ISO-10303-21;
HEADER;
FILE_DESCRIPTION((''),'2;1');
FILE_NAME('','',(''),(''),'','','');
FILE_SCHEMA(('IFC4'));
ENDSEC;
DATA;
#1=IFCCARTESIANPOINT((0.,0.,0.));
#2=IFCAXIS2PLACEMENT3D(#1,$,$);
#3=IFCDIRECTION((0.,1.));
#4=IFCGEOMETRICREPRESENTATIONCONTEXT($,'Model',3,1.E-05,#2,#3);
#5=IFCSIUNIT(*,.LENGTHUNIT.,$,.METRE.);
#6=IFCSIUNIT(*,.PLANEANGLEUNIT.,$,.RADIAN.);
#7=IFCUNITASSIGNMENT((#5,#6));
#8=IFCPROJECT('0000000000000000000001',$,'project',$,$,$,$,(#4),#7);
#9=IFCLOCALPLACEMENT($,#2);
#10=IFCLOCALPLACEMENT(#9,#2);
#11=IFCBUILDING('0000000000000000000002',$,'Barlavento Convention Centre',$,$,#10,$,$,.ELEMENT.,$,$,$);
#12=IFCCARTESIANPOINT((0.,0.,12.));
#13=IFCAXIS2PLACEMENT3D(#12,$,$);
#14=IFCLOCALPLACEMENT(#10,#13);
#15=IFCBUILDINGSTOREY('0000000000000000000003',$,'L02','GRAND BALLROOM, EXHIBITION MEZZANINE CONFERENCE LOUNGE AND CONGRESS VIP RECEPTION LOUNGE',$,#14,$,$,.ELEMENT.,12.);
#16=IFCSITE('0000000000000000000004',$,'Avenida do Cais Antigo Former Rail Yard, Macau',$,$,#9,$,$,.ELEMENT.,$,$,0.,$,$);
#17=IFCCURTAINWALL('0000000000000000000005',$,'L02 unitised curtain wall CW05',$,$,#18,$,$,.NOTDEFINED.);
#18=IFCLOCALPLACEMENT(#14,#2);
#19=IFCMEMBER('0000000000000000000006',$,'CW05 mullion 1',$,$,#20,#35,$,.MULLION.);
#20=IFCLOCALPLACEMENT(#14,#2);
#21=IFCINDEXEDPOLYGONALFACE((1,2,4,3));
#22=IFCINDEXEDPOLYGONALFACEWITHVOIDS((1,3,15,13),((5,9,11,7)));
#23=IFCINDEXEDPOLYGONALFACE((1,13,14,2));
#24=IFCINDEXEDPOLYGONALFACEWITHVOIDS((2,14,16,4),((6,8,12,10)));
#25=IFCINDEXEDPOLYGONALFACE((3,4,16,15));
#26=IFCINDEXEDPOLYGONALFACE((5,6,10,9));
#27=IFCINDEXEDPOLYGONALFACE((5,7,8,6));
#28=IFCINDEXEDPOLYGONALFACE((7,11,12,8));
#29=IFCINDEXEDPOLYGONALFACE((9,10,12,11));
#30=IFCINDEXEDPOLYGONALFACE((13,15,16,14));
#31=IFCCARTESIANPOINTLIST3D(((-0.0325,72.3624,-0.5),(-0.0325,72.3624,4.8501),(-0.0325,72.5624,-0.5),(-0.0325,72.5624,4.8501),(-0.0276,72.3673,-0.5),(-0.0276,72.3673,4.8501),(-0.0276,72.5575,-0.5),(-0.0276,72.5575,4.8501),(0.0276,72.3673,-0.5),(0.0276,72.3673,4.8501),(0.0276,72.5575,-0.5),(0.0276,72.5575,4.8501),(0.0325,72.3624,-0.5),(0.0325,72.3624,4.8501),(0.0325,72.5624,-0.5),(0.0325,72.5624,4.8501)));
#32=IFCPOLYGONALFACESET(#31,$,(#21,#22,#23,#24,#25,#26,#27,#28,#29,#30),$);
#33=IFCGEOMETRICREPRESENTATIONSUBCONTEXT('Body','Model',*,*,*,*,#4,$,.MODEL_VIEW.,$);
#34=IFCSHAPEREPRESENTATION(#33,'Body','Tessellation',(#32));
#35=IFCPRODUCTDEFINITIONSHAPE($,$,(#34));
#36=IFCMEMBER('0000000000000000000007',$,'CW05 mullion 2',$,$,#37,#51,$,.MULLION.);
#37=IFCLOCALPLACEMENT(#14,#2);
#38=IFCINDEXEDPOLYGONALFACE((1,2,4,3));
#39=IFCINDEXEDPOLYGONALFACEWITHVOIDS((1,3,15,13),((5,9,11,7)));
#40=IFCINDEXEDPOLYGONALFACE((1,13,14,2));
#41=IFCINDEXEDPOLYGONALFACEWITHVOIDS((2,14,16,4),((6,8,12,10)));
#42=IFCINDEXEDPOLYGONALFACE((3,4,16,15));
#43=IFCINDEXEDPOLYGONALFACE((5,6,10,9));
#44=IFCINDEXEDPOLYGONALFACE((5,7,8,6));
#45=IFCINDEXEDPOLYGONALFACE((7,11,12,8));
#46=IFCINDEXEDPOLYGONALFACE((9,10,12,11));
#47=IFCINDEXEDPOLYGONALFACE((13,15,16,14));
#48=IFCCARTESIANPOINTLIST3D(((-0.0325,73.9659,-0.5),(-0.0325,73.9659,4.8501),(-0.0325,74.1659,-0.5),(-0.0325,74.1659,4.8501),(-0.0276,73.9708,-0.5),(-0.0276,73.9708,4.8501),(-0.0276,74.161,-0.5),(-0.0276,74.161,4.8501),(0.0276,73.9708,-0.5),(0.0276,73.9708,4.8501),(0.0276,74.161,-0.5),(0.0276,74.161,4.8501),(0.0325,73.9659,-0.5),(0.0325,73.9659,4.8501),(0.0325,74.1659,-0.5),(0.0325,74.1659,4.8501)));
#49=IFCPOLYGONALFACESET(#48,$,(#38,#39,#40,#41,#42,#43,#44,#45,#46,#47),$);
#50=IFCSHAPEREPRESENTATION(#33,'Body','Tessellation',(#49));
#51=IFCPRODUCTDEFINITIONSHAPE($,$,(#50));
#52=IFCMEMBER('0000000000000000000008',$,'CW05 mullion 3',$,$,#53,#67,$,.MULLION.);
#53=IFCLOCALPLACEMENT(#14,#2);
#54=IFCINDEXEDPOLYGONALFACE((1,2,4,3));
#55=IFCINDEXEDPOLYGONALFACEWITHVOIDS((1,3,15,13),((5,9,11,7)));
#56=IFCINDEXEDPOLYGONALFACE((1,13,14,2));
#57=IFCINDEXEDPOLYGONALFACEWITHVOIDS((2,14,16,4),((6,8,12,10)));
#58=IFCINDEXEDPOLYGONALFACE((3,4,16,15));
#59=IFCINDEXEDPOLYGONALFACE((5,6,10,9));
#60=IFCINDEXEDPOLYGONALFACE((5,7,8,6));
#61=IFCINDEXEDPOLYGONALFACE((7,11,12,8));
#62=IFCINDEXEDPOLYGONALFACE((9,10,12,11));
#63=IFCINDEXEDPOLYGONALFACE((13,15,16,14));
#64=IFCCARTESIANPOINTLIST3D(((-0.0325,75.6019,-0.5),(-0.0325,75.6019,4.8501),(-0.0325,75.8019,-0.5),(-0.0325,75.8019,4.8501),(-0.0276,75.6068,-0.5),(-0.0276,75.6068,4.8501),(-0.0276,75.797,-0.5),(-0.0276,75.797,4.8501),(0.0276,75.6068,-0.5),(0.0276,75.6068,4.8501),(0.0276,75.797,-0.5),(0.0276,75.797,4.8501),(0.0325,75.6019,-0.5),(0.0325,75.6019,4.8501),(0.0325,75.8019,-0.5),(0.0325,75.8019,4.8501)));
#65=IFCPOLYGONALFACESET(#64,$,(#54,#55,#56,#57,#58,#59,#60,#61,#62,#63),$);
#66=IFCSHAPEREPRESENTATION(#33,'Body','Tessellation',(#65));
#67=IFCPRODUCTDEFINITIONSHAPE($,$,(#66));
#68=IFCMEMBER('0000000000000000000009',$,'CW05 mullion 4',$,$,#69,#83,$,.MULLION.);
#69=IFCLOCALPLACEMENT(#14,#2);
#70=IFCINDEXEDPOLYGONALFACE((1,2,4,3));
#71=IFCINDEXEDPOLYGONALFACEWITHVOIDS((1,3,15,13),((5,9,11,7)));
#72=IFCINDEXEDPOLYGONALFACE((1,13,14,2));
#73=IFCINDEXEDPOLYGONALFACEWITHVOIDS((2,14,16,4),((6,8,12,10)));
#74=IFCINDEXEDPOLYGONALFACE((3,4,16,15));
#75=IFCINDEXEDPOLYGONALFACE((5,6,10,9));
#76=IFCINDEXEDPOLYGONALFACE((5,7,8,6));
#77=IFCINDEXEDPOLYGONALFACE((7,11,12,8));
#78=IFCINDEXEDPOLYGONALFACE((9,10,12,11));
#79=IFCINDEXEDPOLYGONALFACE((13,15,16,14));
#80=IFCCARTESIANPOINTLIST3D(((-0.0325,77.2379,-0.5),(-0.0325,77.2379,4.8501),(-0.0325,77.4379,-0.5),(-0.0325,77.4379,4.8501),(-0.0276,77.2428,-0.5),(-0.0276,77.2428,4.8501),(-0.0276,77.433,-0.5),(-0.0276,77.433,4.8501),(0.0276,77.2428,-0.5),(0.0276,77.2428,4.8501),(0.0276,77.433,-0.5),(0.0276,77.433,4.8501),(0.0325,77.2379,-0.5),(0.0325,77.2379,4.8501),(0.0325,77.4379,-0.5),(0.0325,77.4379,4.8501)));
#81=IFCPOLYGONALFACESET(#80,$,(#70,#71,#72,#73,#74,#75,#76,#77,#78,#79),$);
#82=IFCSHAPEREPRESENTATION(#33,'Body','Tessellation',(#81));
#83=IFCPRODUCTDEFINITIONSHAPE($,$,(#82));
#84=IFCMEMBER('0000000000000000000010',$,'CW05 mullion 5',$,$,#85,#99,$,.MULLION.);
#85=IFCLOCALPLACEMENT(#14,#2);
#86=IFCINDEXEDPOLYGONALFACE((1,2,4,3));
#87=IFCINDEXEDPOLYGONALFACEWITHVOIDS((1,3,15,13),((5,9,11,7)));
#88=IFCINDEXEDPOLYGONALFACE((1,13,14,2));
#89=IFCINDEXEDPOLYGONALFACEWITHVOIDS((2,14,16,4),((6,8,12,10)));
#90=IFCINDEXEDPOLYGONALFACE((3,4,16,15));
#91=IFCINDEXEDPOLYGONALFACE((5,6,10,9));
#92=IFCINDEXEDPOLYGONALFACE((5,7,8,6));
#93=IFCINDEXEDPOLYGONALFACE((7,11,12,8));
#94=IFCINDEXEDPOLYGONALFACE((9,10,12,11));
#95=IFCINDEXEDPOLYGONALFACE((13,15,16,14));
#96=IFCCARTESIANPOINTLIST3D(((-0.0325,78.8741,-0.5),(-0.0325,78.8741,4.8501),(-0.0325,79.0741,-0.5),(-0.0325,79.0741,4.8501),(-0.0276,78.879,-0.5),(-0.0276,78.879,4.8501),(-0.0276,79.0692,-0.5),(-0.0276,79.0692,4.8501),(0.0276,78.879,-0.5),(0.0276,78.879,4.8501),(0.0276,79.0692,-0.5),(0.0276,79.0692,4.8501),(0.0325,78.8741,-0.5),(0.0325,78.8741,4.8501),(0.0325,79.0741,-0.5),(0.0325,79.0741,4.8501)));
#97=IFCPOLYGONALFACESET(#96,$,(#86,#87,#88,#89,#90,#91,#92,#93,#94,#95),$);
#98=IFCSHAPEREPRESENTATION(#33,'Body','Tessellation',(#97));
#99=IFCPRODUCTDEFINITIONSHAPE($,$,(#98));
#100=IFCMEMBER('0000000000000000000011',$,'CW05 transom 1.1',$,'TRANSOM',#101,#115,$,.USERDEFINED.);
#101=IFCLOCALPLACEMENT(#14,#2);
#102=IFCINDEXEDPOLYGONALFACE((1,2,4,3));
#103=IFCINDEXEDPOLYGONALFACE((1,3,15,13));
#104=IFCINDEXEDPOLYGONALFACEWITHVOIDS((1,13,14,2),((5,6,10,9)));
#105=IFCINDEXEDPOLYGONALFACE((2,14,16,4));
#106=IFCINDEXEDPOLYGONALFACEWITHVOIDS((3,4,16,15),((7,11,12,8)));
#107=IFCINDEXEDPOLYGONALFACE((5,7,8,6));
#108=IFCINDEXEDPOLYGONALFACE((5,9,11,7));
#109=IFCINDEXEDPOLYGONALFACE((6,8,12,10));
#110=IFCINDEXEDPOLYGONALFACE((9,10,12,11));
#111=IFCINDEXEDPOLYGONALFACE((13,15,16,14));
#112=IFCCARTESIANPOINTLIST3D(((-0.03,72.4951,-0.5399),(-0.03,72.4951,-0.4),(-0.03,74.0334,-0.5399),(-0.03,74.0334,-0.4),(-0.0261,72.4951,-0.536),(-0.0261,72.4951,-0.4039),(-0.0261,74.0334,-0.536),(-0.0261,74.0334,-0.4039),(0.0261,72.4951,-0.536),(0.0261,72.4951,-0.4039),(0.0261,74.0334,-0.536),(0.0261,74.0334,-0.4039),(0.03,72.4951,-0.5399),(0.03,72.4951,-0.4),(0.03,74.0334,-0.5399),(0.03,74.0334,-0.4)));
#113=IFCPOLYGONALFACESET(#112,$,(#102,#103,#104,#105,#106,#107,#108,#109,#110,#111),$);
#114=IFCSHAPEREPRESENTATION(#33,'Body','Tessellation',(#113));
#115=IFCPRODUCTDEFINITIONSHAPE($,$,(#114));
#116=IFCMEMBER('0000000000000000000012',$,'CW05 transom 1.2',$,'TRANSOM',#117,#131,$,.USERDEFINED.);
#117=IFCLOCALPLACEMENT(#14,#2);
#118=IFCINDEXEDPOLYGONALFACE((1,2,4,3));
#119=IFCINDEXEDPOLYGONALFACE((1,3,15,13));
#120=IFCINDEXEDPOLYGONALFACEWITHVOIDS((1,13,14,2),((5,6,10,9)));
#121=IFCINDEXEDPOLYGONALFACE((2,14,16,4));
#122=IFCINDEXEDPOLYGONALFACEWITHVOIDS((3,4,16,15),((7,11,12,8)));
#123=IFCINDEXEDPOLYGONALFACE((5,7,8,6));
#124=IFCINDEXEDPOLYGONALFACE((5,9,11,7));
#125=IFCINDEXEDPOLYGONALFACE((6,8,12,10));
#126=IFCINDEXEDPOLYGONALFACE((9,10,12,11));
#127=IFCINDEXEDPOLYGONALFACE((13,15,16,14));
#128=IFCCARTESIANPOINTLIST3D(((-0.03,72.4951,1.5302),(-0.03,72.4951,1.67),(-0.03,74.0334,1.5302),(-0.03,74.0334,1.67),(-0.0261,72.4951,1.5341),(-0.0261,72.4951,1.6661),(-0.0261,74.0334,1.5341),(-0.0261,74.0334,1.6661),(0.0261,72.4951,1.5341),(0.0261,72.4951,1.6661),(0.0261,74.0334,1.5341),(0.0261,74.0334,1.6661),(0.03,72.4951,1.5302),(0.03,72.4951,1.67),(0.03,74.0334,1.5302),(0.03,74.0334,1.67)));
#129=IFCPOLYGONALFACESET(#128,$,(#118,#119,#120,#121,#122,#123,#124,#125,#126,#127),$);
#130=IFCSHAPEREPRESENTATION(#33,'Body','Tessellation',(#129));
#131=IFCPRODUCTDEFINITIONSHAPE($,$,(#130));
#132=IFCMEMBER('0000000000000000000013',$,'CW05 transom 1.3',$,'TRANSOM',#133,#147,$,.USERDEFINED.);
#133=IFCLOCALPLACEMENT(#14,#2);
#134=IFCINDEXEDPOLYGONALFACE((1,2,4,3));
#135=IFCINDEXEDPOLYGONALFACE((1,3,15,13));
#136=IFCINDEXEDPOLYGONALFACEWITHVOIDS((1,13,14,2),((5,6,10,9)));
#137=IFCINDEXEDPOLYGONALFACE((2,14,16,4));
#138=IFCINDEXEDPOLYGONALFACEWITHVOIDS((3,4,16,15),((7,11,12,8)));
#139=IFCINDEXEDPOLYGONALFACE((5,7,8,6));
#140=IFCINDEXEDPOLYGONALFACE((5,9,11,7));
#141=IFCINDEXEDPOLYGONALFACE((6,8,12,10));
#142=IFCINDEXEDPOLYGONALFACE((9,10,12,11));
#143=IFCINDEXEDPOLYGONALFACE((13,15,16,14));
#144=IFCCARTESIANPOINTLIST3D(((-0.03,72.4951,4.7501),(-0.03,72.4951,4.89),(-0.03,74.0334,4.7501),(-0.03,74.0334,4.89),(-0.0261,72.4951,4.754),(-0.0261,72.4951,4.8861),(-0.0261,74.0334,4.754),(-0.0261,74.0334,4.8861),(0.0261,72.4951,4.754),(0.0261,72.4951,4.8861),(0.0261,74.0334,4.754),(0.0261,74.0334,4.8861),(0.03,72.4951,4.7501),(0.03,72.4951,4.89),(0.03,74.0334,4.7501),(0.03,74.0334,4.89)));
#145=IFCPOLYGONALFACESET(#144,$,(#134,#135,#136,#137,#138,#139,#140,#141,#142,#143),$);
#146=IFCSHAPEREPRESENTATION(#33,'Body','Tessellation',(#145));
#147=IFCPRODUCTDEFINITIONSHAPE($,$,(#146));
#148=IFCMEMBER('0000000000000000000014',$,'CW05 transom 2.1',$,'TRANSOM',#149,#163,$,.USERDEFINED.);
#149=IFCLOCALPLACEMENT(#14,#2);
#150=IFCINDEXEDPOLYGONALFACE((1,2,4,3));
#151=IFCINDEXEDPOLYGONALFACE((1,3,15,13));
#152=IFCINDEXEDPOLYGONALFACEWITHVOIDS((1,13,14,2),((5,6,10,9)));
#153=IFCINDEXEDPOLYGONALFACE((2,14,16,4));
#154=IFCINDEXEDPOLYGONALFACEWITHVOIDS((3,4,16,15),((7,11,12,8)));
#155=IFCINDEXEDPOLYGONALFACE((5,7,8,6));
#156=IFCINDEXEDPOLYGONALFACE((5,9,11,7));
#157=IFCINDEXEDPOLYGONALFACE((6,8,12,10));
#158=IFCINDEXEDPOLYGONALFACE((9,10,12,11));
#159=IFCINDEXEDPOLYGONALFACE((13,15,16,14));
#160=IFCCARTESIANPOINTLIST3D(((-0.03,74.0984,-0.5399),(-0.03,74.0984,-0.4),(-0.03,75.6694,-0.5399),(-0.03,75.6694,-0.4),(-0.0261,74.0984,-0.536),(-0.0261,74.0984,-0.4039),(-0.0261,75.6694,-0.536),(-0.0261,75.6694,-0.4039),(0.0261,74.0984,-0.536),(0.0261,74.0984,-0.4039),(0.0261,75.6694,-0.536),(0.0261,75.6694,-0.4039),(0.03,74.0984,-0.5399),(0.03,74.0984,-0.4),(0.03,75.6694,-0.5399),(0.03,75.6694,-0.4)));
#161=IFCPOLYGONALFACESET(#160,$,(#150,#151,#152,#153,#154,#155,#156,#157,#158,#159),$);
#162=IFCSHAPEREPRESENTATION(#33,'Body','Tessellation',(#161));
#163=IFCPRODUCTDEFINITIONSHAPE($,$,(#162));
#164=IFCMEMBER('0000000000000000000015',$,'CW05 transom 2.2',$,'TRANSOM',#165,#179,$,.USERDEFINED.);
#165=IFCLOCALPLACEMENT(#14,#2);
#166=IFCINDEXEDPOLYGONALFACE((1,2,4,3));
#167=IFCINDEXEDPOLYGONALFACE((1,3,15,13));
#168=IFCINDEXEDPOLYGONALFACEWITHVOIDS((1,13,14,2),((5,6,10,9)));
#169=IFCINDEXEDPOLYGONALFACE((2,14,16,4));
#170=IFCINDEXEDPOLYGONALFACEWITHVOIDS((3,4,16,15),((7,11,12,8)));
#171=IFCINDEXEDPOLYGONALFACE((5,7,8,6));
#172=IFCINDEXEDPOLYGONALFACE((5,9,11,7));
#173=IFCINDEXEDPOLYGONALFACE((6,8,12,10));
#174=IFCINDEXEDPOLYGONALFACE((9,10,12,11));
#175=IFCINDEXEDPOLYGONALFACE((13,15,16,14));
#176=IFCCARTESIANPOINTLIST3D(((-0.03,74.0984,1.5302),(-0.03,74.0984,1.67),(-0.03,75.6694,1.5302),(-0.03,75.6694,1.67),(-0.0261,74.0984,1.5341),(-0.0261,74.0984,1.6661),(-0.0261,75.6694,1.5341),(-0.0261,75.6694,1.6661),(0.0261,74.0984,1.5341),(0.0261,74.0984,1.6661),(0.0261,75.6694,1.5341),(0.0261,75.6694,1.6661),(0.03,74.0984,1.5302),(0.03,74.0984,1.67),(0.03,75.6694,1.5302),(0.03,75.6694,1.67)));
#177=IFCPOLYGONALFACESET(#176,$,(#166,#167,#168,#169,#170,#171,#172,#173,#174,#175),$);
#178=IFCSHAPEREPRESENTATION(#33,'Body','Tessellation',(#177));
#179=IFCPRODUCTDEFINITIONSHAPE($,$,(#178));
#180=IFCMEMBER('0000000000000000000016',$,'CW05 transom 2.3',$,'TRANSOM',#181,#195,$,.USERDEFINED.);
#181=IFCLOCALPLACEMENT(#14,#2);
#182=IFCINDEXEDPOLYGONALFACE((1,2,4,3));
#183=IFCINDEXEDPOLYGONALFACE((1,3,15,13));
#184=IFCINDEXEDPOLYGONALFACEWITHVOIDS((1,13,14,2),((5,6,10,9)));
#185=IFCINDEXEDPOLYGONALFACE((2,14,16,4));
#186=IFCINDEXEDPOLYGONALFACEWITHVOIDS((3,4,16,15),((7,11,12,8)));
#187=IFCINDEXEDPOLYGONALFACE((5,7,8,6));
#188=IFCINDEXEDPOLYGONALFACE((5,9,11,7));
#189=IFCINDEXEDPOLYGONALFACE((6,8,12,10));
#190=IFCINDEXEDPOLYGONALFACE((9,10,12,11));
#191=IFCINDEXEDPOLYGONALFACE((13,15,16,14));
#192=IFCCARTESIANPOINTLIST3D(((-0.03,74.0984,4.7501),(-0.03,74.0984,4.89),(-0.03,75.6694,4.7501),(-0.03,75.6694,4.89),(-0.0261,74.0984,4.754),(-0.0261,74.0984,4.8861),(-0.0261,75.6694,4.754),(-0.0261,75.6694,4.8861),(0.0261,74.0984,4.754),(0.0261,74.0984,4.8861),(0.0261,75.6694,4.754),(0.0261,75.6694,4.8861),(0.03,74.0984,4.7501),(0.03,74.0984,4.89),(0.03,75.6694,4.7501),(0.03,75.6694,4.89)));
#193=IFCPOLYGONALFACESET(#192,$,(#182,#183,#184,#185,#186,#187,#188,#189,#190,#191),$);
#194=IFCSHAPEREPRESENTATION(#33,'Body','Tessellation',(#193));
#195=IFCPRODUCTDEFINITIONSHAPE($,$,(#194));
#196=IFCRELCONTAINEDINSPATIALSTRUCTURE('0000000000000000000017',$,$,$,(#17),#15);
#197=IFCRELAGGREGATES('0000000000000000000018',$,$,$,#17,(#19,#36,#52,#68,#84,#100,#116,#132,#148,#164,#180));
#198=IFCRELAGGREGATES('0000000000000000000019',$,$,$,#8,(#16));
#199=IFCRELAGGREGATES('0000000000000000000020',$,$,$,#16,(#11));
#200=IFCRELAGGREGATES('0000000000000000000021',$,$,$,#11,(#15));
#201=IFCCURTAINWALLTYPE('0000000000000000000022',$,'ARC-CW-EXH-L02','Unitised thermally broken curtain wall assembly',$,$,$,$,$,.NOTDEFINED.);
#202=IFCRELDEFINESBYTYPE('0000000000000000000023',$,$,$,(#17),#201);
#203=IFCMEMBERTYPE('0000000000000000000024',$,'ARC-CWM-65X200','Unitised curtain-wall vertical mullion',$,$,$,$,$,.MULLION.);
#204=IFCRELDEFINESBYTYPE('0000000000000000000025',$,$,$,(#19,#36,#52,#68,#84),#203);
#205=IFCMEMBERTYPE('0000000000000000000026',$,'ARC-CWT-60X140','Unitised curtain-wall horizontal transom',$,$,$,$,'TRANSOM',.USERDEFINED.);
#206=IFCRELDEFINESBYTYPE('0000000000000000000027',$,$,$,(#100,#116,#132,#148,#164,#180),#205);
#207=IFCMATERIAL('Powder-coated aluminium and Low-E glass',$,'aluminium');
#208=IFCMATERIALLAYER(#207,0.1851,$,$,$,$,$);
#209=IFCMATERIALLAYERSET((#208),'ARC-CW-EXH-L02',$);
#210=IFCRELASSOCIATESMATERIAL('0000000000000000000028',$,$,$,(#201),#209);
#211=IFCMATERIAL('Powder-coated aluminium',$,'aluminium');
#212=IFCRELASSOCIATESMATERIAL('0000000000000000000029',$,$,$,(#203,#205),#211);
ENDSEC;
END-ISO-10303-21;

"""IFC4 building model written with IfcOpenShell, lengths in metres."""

from ifc_helpers import new_model, si_unit, direction, frame, origin, origin_2d, place, context, subcontext, project, spatial, hollow_rectangle, extrude, material, layer, layer_set, material_profile, profile_set, type_object, element, aggregate, save


model = new_model("IFC4")

# Units and contexts
model_context = context("Model", 3, precision=1e-05, world=origin(), true_north=direction((0.0, 1.0)))
body_context = subcontext(model_context, "Body", "Model", "MODEL_VIEW")
ifc_project = project(units=[si_unit("LENGTHUNIT", "METRE"), si_unit("PLANEANGLEUNIT", "RADIAN")], contexts=[model_context])

# Site, building, storey
site_placement = place(None, origin())
site = spatial("IfcSite", under=ifc_project, at=site_placement, Name="Avenida do Cais Antigo Former Rail Yard, Macau", CompositionType="ELEMENT", RefElevation=0.0)
building_placement = place(site_placement, origin())
building = spatial("IfcBuilding", under=site, at=building_placement, Name="Barlavento Convention Centre", CompositionType="ELEMENT")
storey_placement = place(building_placement, frame((0.0, 0.0, 12.0)))
storey = spatial("IfcBuildingStorey", under=building, at=storey_placement, Name="L02", Description="GRAND BALLROOM, EXHIBITION MEZZANINE CONFERENCE LOUNGE AND CONGRESS VIP RECEPTION LOUNGE", CompositionType="ELEMENT", Elevation=12.0)

# Curtain wall, members
ifc_material_1 = material(Name="Powder-coated aluminium and Low-E glass", Category="aluminium")
ifc_layer_1 = layer(ifc_material_1, 0.1851)
ifc_layer_set_1 = layer_set([ifc_layer_1], Name="ARC-CW-EXH-L02")
curtain_wall_type = type_object("IfcCurtainWallType", Name="ARC-CW-EXH-L02", Description="Unitised thermally broken curtain wall assembly", PredefinedType="NOTDEFINED", material=ifc_layer_set_1)
curtain_wall_placement = place(storey_placement, origin())
curtain_wall = element("IfcCurtainWall", 1, at=curtain_wall_placement, inside=storey, type_object=curtain_wall_type, Name="L02 unitised curtain wall CW05", PredefinedType="NOTDEFINED")
ifc_material_2 = material(Name="Powder-coated aluminium", Category="aluminium")
ifc_material_profile_1 = material_profile(ifc_material_2, hollow_rectangle(XDim=0.0649, YDim=0.2, WallThickness=0.0049, at=origin_2d()), Name="AL-MULL 65x200x5")
ifc_profile_set_1 = profile_set([ifc_material_profile_1], Name="Powder-coated aluminium")
member_type_1 = type_object("IfcMemberType", Name="ARC-CWM-65X200", Description="Unitised curtain-wall vertical mullion", PredefinedType="MULLION", material=ifc_profile_set_1)
member_1_placement = place(storey_placement, frame((0.0, 72.4624, -0.5), z_axis=(0.0, 0.0, 1.0), x_axis=(-1.0, 0.0, 0.0)))
member_1 = element("IfcMember", 2, at=member_1_placement, type_object=member_type_1, Name="CW05 mullion 1", PredefinedType="MULLION", context=body_context, shape_type="SweptSolid", body=[
    extrude(hollow_rectangle(XDim=0.0649, YDim=0.2, WallThickness=0.0049, at=origin_2d()), origin(), (0.0, 0.0, 1.0), 5.3501),
])
member_2_placement = place(storey_placement, frame((0.0, 74.0659, -0.5), z_axis=(0.0, 0.0, 1.0), x_axis=(-1.0, 0.0, 0.0)))
member_2 = element("IfcMember", 3, at=member_2_placement, type_object=member_type_1, Name="CW05 mullion 2", PredefinedType="MULLION", context=body_context, shape_type="SweptSolid", body=[
    extrude(hollow_rectangle(XDim=0.0649, YDim=0.2, WallThickness=0.0049, at=origin_2d()), origin(), (0.0, 0.0, 1.0), 5.3501),
])
member_3_placement = place(storey_placement, frame((0.0, 75.7019, -0.5), z_axis=(0.0, 0.0, 1.0), x_axis=(-1.0, 0.0, 0.0)))
member_3 = element("IfcMember", 4, at=member_3_placement, type_object=member_type_1, Name="CW05 mullion 3", PredefinedType="MULLION", context=body_context, shape_type="SweptSolid", body=[
    extrude(hollow_rectangle(XDim=0.0649, YDim=0.2, WallThickness=0.0049, at=origin_2d()), origin(), (0.0, 0.0, 1.0), 5.3501),
])
member_4_placement = place(storey_placement, frame((0.0, 77.3379, -0.5), z_axis=(0.0, 0.0, 1.0), x_axis=(-1.0, 0.0, 0.0)))
member_4 = element("IfcMember", 5, at=member_4_placement, type_object=member_type_1, Name="CW05 mullion 4", PredefinedType="MULLION", context=body_context, shape_type="SweptSolid", body=[
    extrude(hollow_rectangle(XDim=0.0649, YDim=0.2, WallThickness=0.0049, at=origin_2d()), origin(), (0.0, 0.0, 1.0), 5.3501),
])
member_5_placement = place(storey_placement, frame((0.0, 78.9741, -0.5), z_axis=(0.0, 0.0, 1.0), x_axis=(-1.0, 0.0, 0.0)))
member_5 = element("IfcMember", 6, at=member_5_placement, type_object=member_type_1, Name="CW05 mullion 5", PredefinedType="MULLION", context=body_context, shape_type="SweptSolid", body=[
    extrude(hollow_rectangle(XDim=0.0649, YDim=0.2, WallThickness=0.0049, at=origin_2d()), origin(), (0.0, 0.0, 1.0), 5.3501),
])
ifc_material_profile_2 = material_profile(ifc_material_2, hollow_rectangle(XDim=0.0601, YDim=0.1399, WallThickness=0.0039, at=origin_2d()), Name="AL-TRAN 60x140x4")
ifc_profile_set_2 = profile_set([ifc_material_profile_2], Name="Powder-coated aluminium")
member_type_2 = type_object("IfcMemberType", Name="ARC-CWT-60X140", Description="Unitised curtain-wall horizontal transom", ElementType="TRANSOM", PredefinedType="USERDEFINED", material=ifc_profile_set_2)
member_6_placement = place(storey_placement, frame((0.0, 72.4951, -0.47), z_axis=(0.0, 1.0, 0.0), x_axis=(-1.0, 0.0, 0.0)))
member_6 = element("IfcMember", 7, at=member_6_placement, type_object=member_type_2, Name="CW05 transom 1.1", ObjectType="TRANSOM", PredefinedType="USERDEFINED", context=body_context, shape_type="SweptSolid", body=[
    extrude(hollow_rectangle(XDim=0.0601, YDim=0.1399, WallThickness=0.0039, at=origin_2d()), origin(), (0.0, 0.0, 1.0), 1.5383),
])
member_7_placement = place(storey_placement, frame((0.0, 72.4951, 1.6001), z_axis=(0.0, 1.0, 0.0), x_axis=(-1.0, 0.0, 0.0)))
member_7 = element("IfcMember", 8, at=member_7_placement, type_object=member_type_2, Name="CW05 transom 1.2", ObjectType="TRANSOM", PredefinedType="USERDEFINED", context=body_context, shape_type="SweptSolid", body=[
    extrude(hollow_rectangle(XDim=0.0601, YDim=0.1399, WallThickness=0.0039, at=origin_2d()), origin(), (0.0, 0.0, 1.0), 1.5383),
])
member_8_placement = place(storey_placement, frame((0.0, 72.4951, 4.8201), z_axis=(0.0, 1.0, 0.0), x_axis=(-1.0, 0.0, 0.0)))
member_8 = element("IfcMember", 9, at=member_8_placement, type_object=member_type_2, Name="CW05 transom 1.3", ObjectType="TRANSOM", PredefinedType="USERDEFINED", context=body_context, shape_type="SweptSolid", body=[
    extrude(hollow_rectangle(XDim=0.0601, YDim=0.1399, WallThickness=0.0039, at=origin_2d()), origin(), (0.0, 0.0, 1.0), 1.5383),
])
member_9_placement = place(storey_placement, frame((0.0, 74.0984, -0.47), z_axis=(0.0, 1.0, 0.0), x_axis=(-1.0, 0.0, 0.0)))
member_9 = element("IfcMember", 10, at=member_9_placement, type_object=member_type_2, Name="CW05 transom 2.1", ObjectType="TRANSOM", PredefinedType="USERDEFINED", context=body_context, shape_type="SweptSolid", body=[
    extrude(hollow_rectangle(XDim=0.0601, YDim=0.1399, WallThickness=0.0039, at=origin_2d()), origin(), (0.0, 0.0, 1.0), 1.571),
])
member_10_placement = place(storey_placement, frame((0.0, 74.0984, 1.6001), z_axis=(0.0, 1.0, 0.0), x_axis=(-1.0, 0.0, 0.0)))
member_10 = element("IfcMember", 11, at=member_10_placement, type_object=member_type_2, Name="CW05 transom 2.2", ObjectType="TRANSOM", PredefinedType="USERDEFINED", context=body_context, shape_type="SweptSolid", body=[
    extrude(hollow_rectangle(XDim=0.0601, YDim=0.1399, WallThickness=0.0039, at=origin_2d()), origin(), (0.0, 0.0, 1.0), 1.571),
])
member_11_placement = place(storey_placement, frame((0.0, 74.0984, 4.8201), z_axis=(0.0, 1.0, 0.0), x_axis=(-1.0, 0.0, 0.0)))
member_11 = element("IfcMember", 12, at=member_11_placement, type_object=member_type_2, Name="CW05 transom 2.3", ObjectType="TRANSOM", PredefinedType="USERDEFINED", context=body_context, shape_type="SweptSolid", body=[
    extrude(hollow_rectangle(XDim=0.0601, YDim=0.1399, WallThickness=0.0039, at=origin_2d()), origin(), (0.0, 0.0, 1.0), 1.571),
])

aggregate(curtain_wall, [member_1, member_2, member_3, member_4, member_5, member_6, member_7, member_8, member_9, member_10, member_11])

save(model, "model.ifc")
